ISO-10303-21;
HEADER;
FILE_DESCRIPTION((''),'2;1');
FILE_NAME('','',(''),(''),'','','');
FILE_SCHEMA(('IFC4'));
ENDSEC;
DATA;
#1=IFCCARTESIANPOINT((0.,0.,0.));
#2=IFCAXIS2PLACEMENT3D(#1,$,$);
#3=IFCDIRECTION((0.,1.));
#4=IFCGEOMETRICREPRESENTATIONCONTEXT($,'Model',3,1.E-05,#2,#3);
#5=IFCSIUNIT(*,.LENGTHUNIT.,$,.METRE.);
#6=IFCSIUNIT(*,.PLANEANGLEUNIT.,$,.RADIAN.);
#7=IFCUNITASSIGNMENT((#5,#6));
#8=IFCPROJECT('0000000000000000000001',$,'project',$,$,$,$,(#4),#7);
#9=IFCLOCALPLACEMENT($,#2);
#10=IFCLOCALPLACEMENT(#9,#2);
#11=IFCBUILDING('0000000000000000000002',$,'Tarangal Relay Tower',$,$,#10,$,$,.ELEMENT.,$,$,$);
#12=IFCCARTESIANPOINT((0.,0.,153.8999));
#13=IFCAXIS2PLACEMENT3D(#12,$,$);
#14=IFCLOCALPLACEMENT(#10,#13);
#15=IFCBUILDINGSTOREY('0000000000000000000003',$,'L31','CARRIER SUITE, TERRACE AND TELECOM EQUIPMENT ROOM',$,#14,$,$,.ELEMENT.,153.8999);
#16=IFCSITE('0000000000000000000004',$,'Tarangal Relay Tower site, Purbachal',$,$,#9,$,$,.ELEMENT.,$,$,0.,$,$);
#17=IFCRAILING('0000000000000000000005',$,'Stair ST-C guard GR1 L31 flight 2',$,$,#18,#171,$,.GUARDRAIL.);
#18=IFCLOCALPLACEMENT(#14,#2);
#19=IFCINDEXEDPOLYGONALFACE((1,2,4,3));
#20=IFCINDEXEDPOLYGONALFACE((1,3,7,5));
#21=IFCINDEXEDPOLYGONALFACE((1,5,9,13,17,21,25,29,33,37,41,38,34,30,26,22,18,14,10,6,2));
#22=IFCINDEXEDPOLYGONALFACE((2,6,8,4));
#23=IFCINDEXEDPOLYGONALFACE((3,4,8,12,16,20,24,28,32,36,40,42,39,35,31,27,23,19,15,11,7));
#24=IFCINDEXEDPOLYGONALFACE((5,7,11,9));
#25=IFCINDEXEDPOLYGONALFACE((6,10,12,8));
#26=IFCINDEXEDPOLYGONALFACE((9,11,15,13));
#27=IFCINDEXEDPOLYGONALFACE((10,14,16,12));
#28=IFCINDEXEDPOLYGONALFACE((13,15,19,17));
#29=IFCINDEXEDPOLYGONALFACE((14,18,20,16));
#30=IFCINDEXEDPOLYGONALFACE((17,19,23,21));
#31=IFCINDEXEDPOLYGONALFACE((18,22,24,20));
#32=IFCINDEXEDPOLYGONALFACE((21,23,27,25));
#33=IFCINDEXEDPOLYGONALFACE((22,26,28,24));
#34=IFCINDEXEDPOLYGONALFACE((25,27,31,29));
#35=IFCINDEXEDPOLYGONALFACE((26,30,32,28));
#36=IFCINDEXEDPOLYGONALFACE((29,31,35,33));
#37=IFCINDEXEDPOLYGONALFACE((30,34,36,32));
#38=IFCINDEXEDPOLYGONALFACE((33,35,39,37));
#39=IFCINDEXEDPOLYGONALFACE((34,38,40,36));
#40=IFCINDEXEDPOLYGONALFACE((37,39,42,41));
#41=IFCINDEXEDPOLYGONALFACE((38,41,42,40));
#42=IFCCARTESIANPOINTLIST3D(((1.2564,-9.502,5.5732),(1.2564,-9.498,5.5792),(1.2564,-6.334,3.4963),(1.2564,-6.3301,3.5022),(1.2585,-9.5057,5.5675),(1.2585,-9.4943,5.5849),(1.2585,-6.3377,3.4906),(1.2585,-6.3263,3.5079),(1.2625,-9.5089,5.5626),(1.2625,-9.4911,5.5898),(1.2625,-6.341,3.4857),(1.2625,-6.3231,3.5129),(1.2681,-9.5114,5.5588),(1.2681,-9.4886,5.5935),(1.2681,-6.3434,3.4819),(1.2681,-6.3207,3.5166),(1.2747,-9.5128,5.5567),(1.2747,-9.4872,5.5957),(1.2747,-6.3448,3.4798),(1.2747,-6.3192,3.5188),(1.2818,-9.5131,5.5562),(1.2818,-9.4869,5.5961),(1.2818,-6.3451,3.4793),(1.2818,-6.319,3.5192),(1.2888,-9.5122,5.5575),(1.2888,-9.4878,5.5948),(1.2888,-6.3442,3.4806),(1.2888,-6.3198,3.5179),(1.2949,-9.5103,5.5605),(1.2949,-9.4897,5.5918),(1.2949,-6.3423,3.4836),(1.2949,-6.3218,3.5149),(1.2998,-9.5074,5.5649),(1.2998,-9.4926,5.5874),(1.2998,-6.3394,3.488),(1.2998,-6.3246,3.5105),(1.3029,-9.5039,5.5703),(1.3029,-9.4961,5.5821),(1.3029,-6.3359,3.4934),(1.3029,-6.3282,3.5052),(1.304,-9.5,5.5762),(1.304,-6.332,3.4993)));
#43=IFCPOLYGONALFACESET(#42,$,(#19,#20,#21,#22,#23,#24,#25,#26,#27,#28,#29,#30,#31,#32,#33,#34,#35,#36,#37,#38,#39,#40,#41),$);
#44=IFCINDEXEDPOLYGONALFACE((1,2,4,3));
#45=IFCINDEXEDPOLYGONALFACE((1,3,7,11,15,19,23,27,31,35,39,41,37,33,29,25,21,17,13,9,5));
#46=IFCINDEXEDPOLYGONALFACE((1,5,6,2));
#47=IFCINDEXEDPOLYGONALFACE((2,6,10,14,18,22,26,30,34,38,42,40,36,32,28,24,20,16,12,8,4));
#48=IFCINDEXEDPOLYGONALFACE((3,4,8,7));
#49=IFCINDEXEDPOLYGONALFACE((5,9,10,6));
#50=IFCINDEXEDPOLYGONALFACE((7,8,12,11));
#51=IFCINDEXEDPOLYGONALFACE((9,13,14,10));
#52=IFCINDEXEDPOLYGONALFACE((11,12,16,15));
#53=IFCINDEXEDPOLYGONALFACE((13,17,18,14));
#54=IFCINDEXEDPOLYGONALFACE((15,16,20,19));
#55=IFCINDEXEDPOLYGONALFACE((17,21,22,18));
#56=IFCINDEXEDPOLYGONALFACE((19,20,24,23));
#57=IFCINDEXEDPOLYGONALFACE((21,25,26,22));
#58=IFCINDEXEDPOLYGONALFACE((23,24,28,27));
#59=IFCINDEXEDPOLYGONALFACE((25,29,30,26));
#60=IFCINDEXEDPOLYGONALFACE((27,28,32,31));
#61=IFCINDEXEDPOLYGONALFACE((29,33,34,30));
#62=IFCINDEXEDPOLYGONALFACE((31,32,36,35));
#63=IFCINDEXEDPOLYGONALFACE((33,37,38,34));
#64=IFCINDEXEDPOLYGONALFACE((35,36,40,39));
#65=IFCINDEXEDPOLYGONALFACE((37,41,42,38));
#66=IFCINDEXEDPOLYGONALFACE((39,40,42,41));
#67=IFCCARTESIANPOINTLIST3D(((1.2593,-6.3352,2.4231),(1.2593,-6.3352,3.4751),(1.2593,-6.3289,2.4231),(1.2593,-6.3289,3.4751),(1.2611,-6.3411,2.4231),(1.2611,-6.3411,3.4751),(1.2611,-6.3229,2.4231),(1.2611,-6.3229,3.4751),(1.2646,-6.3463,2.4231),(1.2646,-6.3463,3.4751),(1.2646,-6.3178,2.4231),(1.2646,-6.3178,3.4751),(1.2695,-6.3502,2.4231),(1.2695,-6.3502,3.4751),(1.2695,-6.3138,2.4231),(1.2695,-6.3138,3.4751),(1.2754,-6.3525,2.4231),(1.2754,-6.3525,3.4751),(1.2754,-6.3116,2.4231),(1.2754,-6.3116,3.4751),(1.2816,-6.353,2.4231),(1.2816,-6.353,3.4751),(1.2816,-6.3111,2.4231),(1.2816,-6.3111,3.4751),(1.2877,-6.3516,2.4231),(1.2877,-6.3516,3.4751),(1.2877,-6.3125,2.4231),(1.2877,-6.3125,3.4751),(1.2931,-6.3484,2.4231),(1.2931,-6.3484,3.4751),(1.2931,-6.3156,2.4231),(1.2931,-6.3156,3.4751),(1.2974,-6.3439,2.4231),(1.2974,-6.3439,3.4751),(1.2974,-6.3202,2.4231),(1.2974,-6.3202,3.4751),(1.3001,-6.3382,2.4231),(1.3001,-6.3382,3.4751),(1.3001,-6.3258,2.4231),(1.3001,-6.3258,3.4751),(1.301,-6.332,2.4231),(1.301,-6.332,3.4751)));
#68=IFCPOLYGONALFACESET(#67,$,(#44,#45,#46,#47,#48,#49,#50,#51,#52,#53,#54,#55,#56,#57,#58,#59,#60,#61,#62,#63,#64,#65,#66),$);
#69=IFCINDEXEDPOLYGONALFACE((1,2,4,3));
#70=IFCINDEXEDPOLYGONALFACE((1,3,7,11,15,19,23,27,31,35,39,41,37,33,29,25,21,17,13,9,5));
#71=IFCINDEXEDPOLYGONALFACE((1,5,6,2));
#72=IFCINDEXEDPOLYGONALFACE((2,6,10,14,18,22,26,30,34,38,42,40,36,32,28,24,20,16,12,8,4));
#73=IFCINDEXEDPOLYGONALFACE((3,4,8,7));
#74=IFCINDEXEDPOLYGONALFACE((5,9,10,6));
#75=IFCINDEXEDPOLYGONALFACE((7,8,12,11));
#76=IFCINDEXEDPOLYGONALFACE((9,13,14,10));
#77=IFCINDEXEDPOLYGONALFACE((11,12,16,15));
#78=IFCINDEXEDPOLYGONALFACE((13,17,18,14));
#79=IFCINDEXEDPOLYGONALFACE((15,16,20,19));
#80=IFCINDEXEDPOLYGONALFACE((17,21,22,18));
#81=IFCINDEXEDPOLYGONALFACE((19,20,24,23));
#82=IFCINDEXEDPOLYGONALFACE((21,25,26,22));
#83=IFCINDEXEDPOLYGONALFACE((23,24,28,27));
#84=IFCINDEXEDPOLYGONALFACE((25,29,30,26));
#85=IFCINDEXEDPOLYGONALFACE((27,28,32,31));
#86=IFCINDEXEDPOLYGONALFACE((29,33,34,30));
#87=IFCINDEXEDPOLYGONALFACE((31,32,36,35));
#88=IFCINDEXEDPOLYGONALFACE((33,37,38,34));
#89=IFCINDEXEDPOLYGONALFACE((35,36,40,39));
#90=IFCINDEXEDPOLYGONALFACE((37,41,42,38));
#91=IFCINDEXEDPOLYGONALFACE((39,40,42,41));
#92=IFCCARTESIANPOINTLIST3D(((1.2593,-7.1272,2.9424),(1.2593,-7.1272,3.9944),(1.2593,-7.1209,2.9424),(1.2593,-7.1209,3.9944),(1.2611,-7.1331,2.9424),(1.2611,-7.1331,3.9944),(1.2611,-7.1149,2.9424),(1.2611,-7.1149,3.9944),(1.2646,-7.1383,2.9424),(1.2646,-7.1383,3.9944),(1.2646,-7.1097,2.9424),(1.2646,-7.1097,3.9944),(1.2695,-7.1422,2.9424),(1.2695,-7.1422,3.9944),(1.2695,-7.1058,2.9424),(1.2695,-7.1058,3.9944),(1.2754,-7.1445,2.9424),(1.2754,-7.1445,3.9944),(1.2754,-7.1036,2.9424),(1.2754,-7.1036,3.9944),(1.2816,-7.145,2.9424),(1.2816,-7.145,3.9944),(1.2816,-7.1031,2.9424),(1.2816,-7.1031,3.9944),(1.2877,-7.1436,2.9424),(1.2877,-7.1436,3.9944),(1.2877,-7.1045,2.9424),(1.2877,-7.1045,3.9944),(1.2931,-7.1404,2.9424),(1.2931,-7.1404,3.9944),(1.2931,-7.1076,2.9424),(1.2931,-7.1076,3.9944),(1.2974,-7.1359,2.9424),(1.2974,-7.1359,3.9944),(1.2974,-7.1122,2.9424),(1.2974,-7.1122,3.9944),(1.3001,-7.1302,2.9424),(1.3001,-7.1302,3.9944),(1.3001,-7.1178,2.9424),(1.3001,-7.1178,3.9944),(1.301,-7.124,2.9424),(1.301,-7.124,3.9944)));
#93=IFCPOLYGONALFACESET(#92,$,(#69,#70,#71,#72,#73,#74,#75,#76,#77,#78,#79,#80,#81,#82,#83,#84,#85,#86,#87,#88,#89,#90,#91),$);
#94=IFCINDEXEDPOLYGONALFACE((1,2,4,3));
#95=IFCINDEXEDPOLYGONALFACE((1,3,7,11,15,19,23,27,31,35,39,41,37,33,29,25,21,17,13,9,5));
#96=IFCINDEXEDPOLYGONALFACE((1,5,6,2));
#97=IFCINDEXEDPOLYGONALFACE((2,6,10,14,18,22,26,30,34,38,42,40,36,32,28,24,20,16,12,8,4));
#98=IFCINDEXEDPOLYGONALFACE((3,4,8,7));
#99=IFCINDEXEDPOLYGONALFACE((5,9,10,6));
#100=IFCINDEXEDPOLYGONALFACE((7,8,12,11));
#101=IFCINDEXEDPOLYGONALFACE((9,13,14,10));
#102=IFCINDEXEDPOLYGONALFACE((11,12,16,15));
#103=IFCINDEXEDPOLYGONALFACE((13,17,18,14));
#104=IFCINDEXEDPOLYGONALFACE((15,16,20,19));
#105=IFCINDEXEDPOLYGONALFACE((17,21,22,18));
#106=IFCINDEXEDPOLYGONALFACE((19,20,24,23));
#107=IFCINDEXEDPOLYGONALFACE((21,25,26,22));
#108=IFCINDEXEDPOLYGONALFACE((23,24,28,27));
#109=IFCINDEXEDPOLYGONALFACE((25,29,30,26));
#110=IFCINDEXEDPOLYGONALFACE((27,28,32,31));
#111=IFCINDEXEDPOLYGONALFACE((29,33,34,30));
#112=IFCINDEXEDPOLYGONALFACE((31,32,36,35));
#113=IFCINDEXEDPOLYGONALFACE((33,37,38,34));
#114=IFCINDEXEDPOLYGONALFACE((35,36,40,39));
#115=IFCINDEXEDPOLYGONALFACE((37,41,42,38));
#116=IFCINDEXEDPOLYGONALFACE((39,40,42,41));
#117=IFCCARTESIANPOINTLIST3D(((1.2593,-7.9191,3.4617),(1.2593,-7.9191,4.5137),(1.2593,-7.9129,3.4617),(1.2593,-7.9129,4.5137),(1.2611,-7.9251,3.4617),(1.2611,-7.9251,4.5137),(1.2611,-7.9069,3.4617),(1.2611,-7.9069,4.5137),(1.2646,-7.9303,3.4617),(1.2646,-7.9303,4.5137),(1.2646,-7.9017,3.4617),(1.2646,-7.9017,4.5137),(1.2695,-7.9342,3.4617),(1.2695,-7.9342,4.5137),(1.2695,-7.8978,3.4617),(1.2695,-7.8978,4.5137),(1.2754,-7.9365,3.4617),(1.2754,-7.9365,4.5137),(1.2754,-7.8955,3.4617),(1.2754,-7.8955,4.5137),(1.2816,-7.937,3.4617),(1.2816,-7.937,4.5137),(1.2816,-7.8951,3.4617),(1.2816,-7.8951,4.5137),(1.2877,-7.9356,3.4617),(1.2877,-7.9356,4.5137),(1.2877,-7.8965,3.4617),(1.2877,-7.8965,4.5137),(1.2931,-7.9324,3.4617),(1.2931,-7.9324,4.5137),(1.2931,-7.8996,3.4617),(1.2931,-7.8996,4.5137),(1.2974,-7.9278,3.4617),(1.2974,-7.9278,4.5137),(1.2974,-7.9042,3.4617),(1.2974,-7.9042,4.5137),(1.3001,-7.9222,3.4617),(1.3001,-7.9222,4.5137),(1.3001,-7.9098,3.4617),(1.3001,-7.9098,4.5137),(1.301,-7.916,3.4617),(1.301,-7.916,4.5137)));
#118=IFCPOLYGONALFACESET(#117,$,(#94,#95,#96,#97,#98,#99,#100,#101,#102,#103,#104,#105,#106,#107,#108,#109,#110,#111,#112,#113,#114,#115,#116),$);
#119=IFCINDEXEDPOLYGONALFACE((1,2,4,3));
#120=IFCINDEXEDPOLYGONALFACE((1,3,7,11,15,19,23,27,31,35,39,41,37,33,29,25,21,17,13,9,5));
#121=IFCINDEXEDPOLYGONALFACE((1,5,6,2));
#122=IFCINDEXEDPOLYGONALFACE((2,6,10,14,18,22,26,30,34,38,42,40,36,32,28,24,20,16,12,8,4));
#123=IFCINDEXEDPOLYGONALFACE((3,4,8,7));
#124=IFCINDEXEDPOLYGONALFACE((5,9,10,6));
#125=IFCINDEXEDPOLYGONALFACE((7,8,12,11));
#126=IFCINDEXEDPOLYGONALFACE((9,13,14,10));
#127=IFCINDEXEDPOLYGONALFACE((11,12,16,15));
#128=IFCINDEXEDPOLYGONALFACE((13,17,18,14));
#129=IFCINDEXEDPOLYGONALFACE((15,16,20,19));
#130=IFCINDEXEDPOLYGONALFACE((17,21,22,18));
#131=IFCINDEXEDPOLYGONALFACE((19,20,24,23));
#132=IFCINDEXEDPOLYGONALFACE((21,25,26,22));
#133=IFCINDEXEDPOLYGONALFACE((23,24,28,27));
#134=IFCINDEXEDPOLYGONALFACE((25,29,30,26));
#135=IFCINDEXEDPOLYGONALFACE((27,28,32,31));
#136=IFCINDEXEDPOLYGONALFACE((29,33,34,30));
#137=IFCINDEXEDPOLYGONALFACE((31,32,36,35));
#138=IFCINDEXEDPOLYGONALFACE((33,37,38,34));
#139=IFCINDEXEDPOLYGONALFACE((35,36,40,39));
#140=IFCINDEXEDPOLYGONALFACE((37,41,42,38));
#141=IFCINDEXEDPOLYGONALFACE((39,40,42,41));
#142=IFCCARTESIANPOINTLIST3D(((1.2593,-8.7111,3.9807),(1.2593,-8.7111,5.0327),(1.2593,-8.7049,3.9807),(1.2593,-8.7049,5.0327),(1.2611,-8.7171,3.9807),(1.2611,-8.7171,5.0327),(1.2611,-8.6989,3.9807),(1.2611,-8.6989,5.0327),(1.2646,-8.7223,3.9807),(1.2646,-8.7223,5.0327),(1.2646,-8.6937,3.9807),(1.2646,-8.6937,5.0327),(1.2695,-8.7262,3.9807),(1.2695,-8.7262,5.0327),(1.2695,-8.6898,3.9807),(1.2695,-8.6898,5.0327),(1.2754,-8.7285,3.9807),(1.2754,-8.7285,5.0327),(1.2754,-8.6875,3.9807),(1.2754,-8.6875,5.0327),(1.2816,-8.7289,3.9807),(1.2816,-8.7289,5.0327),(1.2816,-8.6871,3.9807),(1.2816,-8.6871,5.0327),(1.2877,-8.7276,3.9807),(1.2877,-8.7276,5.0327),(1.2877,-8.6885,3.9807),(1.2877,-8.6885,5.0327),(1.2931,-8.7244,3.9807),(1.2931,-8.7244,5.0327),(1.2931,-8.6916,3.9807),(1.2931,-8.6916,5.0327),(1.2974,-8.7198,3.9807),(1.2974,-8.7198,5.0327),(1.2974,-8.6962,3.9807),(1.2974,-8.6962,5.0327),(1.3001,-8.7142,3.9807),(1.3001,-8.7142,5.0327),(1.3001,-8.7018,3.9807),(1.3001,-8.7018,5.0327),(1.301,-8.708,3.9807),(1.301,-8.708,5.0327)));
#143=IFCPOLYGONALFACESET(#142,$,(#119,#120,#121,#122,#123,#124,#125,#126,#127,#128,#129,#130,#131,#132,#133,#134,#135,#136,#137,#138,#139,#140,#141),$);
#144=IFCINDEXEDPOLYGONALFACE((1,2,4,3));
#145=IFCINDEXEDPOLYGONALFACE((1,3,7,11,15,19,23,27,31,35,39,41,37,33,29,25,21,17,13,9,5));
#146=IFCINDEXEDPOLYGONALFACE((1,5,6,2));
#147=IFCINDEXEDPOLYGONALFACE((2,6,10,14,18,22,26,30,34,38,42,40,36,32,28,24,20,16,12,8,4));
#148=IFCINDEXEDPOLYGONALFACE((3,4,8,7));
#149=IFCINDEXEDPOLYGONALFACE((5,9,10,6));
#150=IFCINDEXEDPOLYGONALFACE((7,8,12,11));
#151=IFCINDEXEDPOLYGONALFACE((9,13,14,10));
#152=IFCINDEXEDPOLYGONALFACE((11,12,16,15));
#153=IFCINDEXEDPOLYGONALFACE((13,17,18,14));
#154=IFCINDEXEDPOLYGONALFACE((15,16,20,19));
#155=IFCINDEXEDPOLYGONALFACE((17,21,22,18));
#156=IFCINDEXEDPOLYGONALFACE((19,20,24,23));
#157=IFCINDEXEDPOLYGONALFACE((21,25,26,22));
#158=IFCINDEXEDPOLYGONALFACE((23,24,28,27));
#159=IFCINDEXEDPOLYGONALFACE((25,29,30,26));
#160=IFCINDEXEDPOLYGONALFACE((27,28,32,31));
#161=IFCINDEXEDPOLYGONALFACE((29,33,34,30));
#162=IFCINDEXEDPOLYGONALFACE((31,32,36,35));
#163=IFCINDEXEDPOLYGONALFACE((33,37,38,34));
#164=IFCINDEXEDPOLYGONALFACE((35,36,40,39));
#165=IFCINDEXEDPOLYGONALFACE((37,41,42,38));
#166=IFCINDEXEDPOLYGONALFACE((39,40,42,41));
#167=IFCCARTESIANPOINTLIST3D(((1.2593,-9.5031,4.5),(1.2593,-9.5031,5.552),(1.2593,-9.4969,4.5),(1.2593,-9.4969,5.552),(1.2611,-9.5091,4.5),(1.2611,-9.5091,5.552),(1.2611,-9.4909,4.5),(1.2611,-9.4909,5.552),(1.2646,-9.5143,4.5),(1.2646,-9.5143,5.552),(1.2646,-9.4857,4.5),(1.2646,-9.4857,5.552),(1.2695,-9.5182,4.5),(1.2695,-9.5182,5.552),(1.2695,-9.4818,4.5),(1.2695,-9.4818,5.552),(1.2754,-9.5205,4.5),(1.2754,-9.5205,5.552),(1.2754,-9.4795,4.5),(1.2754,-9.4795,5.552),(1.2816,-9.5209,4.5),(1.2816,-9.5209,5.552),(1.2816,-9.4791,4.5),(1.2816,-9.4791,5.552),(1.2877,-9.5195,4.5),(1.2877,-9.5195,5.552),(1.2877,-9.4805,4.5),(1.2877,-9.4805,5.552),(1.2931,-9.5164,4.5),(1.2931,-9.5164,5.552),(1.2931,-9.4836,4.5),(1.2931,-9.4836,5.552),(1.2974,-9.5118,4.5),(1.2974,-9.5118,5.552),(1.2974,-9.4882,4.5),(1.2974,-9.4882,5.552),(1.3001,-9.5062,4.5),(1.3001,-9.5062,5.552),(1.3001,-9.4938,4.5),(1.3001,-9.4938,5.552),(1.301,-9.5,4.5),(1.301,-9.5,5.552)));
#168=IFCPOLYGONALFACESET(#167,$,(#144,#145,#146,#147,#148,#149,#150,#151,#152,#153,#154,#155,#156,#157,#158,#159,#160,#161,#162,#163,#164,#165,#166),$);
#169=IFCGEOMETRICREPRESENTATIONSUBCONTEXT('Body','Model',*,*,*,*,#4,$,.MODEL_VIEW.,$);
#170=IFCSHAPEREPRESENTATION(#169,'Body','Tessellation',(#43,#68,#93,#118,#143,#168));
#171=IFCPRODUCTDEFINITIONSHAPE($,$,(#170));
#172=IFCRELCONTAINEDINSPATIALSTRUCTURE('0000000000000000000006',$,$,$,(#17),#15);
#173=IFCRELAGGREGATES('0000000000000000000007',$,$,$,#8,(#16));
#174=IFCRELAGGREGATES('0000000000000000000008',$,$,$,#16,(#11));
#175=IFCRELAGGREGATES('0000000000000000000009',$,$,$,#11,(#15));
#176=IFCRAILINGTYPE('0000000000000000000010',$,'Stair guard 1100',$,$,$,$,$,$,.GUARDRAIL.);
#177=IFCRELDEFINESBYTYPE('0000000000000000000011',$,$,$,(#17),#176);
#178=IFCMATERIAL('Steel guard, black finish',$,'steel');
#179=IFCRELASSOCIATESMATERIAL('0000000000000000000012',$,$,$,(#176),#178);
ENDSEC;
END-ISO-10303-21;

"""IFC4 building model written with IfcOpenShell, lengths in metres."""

from ifc_helpers import new_model, si_unit, direction, frame, origin, origin_2d, place, context, subcontext, project, spatial, circle, extrude, material, type_object, element, save


model = new_model("IFC4")

# Units and contexts
model_context = context("Model", 3, precision=1e-05, world=origin(), true_north=direction((0.0, 1.0)))
body_context = subcontext(model_context, "Body", "Model", "MODEL_VIEW")
ifc_project = project(units=[si_unit("LENGTHUNIT", "METRE"), si_unit("PLANEANGLEUNIT", "RADIAN")], contexts=[model_context])

# Site, building, storey
site_placement = place(None, origin())
site = spatial("IfcSite", under=ifc_project, at=site_placement, Name="Tarangal Relay Tower site, Purbachal", CompositionType="ELEMENT", RefElevation=0.0)
building_placement = place(site_placement, origin())
building = spatial("IfcBuilding", under=site, at=building_placement, Name="Tarangal Relay Tower", CompositionType="ELEMENT")
storey_placement = place(building_placement, frame((0.0, 0.0, 153.8999)))
storey = spatial("IfcBuildingStorey", under=building, at=storey_placement, Name="L31", Description="CARRIER SUITE, TERRACE AND TELECOM EQUIPMENT ROOM", CompositionType="ELEMENT", Elevation=153.8999)

# Railing
ifc_material_1 = material(Name="Steel guard, black finish", Category="steel")
railing_type_1 = type_object("IfcRailingType", Name="Stair guard 1100", PredefinedType="GUARDRAIL", material=ifc_material_1)
railing_1_placement = place(storey_placement, frame((1.28, -6.332, 2.4231)))
element("IfcRailing", 1, at=railing_1_placement, inside=storey, type_object=railing_type_1, Name="Stair ST-C guard GR1 L31 flight 2", PredefinedType="GUARDRAIL", context=body_context, shape_type="SweptSolid", body=[
    extrude(circle(Radius=0.0239, at=origin_2d()), frame((0.0, 0.0, 1.0762), z_axis=(0.0, -0.836299, 0.548273), x_axis=(1.0, 0.0, 0.0)), (0.0, 0.0, 1.0), 3.7881),
    extrude(circle(Radius=0.021, at=origin_2d()), origin(), (0.0, 0.0, 1.0), 1.052),
    extrude(circle(Radius=0.021, at=origin_2d()), frame((0.0, -0.792, 0.5193)), (0.0, 0.0, 1.0), 1.052),
    extrude(circle(Radius=0.021, at=origin_2d()), frame((0.0, -1.584, 1.0386)), (0.0, 0.0, 1.0), 1.052),
    extrude(circle(Radius=0.021, at=origin_2d()), frame((0.0, -2.376, 1.5576)), (0.0, 0.0, 1.0), 1.052),
    extrude(circle(Radius=0.021, at=origin_2d()), frame((0.0, -3.168, 2.0769)), (0.0, 0.0, 1.0), 1.052),
])

save(model, "model.ifc")
